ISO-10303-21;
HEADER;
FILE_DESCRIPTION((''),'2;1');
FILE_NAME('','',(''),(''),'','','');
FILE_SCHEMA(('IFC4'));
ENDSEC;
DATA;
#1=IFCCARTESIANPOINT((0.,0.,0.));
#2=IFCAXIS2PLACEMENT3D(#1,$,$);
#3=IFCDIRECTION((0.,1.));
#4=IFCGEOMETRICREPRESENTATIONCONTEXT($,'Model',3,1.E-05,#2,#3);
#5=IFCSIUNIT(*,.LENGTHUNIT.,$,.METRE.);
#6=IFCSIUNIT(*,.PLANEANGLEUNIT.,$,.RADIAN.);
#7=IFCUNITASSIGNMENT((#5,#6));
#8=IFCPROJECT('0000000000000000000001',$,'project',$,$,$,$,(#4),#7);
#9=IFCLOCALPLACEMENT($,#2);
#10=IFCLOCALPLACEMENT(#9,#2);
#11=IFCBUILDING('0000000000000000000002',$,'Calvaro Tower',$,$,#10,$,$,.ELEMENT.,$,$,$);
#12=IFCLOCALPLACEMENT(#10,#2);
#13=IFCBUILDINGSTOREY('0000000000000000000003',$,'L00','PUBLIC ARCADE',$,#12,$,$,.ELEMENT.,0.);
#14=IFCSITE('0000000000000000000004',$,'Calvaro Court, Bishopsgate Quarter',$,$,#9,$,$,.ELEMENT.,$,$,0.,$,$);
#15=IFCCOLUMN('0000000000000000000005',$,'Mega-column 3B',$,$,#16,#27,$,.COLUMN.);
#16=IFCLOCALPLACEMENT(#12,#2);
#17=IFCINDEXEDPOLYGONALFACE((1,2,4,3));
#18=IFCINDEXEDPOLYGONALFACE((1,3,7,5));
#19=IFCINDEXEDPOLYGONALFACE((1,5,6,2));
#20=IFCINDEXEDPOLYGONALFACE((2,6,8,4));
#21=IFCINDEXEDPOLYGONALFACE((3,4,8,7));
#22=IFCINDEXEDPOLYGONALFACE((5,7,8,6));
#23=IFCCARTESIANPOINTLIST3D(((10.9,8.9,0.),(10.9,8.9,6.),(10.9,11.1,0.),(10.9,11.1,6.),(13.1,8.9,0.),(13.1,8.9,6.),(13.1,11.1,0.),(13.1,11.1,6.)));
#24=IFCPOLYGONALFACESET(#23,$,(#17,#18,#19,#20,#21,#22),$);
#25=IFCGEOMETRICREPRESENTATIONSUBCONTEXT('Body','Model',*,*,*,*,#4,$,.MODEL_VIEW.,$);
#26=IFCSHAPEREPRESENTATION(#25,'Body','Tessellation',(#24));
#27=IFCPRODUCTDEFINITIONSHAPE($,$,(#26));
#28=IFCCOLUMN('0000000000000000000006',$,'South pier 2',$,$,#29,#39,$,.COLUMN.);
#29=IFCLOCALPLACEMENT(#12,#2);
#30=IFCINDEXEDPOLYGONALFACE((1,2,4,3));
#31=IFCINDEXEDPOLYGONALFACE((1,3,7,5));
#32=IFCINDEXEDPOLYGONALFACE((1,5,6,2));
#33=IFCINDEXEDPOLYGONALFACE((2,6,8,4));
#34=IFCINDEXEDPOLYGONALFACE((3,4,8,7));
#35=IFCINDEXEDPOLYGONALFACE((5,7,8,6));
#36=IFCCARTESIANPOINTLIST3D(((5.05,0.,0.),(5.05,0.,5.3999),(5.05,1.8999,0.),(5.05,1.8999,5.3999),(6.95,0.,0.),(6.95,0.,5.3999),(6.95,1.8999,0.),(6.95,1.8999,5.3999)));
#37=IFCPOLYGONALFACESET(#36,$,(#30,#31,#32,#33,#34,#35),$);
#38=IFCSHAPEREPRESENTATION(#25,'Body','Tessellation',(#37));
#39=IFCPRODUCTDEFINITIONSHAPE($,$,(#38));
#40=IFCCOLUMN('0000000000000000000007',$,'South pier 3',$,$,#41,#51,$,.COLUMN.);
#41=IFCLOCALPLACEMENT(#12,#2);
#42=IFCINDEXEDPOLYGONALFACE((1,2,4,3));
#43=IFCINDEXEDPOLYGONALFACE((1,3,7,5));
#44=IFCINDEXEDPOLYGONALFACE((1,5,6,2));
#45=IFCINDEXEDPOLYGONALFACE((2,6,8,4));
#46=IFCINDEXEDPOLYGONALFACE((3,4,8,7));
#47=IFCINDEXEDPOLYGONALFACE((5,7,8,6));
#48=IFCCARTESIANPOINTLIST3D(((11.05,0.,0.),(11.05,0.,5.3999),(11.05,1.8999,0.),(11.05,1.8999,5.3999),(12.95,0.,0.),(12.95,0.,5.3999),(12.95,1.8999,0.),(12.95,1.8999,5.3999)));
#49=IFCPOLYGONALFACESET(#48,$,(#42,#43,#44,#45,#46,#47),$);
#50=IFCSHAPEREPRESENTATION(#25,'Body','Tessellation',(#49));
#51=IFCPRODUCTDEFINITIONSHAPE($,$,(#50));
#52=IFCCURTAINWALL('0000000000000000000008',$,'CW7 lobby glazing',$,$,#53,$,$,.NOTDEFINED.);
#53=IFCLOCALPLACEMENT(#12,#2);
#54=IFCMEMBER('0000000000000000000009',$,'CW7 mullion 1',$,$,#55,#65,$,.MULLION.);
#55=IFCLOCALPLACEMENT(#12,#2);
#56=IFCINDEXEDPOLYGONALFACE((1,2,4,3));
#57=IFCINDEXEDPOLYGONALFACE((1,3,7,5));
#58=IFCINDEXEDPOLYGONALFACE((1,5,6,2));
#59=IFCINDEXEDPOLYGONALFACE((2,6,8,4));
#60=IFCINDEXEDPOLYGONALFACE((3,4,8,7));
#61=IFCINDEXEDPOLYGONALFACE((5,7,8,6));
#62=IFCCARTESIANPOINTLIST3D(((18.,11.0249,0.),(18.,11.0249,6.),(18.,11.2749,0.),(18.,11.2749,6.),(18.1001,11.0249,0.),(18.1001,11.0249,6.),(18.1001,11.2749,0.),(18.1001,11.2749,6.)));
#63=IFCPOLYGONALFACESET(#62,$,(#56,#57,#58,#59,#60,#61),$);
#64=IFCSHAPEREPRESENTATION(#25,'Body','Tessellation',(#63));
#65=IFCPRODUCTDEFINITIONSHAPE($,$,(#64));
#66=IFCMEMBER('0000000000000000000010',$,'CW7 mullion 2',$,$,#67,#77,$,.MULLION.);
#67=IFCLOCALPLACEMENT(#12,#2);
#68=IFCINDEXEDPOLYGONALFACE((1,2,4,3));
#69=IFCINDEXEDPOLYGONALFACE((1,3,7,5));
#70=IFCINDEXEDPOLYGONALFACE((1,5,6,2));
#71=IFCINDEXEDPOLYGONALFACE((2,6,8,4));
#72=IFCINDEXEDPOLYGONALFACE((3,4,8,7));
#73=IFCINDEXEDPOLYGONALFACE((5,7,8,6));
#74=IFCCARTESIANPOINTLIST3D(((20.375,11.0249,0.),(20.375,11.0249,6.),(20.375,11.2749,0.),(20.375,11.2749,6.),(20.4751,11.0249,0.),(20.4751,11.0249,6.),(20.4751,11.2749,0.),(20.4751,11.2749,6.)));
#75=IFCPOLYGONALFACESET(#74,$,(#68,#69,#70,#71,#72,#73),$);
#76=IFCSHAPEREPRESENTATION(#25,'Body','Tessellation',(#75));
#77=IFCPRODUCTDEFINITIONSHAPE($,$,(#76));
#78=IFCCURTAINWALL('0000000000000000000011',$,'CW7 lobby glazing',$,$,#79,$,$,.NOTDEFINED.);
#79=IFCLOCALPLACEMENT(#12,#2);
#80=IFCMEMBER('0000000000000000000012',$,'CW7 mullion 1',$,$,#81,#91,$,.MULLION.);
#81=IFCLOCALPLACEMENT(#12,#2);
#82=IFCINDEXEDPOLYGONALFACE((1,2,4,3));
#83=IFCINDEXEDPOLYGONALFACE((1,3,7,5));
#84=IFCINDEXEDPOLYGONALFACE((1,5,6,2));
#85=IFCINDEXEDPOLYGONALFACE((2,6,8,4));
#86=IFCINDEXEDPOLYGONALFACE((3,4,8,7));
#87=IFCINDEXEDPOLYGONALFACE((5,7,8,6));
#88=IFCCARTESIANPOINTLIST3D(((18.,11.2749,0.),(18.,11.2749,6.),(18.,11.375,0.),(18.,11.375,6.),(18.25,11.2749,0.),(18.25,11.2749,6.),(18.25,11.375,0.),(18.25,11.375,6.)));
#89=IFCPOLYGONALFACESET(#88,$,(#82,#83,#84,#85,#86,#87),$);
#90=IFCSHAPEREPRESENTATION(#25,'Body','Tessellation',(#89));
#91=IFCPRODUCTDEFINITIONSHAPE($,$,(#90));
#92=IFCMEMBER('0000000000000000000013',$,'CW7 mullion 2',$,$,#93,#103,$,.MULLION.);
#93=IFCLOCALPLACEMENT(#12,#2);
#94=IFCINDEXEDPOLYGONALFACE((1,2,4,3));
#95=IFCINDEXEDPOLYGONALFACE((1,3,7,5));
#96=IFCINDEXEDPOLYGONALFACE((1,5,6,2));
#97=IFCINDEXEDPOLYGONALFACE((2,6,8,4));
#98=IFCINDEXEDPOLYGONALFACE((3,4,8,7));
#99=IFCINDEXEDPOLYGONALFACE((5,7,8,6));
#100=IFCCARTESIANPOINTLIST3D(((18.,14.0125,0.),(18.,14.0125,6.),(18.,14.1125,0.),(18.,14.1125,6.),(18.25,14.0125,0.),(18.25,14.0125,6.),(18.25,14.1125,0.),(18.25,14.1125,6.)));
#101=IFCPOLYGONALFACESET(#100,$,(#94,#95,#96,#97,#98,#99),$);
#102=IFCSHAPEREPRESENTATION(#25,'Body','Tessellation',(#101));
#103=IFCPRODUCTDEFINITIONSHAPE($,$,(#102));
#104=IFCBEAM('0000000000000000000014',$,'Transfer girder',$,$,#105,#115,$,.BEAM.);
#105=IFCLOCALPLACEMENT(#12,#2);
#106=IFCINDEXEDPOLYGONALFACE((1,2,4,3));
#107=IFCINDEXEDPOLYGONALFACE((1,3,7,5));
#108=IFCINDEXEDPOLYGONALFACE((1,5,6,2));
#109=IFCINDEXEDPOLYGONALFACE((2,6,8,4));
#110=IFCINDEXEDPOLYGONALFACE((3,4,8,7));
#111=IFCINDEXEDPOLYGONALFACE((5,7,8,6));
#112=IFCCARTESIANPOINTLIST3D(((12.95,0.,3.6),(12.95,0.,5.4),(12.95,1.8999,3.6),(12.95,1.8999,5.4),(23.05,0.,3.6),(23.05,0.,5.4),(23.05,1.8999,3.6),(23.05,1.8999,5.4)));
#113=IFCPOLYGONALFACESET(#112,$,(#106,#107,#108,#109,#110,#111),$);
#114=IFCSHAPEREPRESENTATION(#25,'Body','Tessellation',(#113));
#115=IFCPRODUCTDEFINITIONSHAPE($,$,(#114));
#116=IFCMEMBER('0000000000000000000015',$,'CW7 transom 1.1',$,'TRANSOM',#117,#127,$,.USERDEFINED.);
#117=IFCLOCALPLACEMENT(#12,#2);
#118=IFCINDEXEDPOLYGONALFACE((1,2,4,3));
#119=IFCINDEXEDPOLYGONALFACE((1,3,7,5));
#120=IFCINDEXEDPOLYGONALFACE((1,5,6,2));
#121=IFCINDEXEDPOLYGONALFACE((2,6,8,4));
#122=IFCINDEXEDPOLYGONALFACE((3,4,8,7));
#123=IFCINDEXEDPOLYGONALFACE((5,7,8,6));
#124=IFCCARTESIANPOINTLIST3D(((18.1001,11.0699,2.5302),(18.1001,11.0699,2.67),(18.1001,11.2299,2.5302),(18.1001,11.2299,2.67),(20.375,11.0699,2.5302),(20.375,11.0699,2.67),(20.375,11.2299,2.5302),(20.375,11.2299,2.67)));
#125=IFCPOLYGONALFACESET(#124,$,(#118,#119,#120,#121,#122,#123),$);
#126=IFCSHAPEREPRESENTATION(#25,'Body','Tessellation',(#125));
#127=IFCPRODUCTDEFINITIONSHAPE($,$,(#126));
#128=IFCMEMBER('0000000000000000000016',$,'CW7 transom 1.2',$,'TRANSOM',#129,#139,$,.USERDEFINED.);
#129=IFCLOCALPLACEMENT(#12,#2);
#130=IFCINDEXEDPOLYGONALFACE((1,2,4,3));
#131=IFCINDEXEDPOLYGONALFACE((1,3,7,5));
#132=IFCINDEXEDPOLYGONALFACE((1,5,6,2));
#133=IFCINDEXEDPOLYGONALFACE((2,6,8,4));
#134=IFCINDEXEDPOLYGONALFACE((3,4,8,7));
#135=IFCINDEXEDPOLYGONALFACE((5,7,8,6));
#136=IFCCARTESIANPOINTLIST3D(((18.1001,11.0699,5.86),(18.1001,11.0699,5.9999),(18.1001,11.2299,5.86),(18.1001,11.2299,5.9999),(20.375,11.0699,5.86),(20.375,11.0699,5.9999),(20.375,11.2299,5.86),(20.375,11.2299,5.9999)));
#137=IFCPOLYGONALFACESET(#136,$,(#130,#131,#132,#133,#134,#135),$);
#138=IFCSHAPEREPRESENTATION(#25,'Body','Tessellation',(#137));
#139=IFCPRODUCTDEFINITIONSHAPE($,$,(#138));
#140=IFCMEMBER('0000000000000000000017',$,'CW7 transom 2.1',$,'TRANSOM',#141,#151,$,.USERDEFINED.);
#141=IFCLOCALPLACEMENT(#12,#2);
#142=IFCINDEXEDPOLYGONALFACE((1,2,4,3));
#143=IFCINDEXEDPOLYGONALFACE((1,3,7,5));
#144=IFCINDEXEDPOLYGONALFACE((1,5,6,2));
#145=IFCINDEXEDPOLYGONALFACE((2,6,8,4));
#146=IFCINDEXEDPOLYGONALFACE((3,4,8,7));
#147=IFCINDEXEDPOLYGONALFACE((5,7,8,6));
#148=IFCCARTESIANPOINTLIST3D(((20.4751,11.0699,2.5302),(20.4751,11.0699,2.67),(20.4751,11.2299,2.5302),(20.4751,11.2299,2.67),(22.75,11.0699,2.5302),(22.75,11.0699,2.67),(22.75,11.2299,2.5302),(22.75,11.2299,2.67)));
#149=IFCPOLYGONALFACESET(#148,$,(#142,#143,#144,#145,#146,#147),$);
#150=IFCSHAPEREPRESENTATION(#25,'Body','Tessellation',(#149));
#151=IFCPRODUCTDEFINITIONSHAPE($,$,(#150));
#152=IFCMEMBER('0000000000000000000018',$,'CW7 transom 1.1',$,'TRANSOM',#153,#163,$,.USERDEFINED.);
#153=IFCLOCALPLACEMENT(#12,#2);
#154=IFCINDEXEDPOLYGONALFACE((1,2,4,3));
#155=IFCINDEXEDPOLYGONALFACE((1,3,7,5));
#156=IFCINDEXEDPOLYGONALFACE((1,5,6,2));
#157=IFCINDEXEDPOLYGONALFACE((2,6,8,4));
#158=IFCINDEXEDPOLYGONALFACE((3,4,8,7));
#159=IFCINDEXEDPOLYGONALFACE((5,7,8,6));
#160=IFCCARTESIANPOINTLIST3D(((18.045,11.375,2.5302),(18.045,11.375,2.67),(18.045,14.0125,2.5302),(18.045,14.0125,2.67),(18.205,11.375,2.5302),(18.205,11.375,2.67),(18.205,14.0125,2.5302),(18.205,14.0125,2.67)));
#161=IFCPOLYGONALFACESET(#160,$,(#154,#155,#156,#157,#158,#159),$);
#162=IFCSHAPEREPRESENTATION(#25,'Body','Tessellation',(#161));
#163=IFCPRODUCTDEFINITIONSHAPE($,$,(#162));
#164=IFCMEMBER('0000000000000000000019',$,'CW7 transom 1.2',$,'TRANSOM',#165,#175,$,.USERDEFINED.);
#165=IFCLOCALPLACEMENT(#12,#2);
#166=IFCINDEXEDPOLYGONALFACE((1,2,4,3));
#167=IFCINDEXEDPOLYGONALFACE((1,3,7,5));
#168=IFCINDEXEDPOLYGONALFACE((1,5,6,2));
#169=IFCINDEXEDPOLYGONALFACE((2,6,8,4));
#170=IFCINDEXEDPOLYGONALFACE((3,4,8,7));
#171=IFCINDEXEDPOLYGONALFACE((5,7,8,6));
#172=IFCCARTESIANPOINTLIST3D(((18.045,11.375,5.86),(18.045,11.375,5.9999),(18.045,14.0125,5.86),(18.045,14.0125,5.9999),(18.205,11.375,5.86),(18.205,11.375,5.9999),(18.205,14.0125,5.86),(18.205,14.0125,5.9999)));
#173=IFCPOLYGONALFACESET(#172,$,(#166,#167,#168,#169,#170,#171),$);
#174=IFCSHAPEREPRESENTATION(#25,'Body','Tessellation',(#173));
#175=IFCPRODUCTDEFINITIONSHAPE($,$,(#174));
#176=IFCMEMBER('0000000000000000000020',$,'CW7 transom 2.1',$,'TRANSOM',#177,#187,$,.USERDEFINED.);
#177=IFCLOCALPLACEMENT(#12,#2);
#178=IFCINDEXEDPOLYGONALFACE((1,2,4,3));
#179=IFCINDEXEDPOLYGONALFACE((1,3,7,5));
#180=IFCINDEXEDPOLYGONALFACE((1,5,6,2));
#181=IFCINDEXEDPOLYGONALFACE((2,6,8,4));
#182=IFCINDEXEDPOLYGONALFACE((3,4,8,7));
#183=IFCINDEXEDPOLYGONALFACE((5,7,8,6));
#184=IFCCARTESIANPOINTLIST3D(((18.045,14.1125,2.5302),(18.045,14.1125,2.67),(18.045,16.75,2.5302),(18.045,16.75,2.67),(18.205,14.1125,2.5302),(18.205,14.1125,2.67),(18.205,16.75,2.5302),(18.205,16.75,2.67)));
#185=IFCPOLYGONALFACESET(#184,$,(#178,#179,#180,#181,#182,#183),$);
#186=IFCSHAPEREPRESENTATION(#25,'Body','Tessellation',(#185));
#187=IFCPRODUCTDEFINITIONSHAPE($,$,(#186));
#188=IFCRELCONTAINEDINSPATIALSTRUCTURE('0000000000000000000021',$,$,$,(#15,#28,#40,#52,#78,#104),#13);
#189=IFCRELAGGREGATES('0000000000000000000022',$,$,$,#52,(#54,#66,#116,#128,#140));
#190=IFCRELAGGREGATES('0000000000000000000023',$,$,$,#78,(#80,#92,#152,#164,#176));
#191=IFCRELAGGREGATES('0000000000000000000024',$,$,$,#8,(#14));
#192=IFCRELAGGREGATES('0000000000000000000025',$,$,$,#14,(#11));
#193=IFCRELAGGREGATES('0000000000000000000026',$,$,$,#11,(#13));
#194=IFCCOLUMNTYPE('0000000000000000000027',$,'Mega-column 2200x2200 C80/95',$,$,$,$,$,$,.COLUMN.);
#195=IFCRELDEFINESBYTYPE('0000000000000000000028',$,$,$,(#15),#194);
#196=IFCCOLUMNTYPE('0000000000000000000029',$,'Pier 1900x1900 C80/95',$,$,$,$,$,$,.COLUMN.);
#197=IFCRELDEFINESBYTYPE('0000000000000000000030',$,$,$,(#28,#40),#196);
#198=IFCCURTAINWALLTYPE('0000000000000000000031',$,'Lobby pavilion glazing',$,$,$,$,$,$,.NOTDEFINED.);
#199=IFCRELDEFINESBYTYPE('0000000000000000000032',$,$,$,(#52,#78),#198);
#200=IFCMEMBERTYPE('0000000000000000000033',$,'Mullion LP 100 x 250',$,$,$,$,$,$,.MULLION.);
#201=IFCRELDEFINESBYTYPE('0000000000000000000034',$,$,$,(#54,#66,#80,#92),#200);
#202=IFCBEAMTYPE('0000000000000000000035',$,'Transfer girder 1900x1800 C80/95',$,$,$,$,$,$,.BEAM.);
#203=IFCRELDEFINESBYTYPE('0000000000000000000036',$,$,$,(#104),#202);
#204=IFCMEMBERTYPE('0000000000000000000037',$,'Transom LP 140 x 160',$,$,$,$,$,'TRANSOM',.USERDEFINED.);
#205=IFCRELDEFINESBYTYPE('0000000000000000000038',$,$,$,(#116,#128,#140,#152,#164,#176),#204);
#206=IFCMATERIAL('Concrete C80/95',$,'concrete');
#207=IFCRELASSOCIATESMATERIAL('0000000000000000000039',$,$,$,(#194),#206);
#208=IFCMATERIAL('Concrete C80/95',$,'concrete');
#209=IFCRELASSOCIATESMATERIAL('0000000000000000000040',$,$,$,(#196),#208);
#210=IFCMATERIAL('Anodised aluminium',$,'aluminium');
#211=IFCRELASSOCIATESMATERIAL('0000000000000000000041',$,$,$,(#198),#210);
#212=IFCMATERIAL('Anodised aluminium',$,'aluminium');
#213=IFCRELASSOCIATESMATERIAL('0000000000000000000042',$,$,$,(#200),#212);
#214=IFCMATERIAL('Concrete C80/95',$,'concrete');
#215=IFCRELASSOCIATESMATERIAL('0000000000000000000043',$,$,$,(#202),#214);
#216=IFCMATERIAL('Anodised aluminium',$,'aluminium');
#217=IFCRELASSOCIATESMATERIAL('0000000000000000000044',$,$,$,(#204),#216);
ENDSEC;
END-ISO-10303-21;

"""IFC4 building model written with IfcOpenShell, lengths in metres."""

from ifc_helpers import new_model, si_unit, direction, frame, origin, origin_2d, place, context, subcontext, project, spatial, rectangle, extrude, material, material_profile, profile_set, type_object, element, aggregate, save


model = new_model("IFC4")

# Units and contexts
model_context = context("Model", 3, precision=1e-05, world=origin(), true_north=direction((0.0, 1.0)))
body_context = subcontext(model_context, "Body", "Model", "MODEL_VIEW")
ifc_project = project(units=[si_unit("LENGTHUNIT", "METRE"), si_unit("PLANEANGLEUNIT", "RADIAN")], contexts=[model_context])

# Site, building, storey
site_placement = place(None, origin())
site = spatial("IfcSite", under=ifc_project, at=site_placement, Name="Calvaro Court, Bishopsgate Quarter", CompositionType="ELEMENT", RefElevation=0.0)
building_placement = place(site_placement, origin())
building = spatial("IfcBuilding", under=site, at=building_placement, Name="Calvaro Tower", CompositionType="ELEMENT")
storey_placement = place(building_placement, origin())
storey = spatial("IfcBuildingStorey", under=building, at=storey_placement, Name="L00", Description="PUBLIC ARCADE", CompositionType="ELEMENT", Elevation=0.0)

# Columns
ifc_material_1 = material(Name="Concrete C80/95", Category="concrete")
ifc_material_profile_1 = material_profile(ifc_material_1, rectangle(XDim=2.2, YDim=2.2, at=origin_2d()), Name="RC 2200x2200")
ifc_profile_set_1 = profile_set([ifc_material_profile_1], Name="Concrete C80/95")
column_type_1 = type_object("IfcColumnType", Name="Mega-column 2200x2200 C80/95", PredefinedType="COLUMN", material=ifc_profile_set_1)
column_placement = place(storey_placement, frame((12.0, 10.0, 0.0), z_axis=(0.0, 0.0, 1.0), x_axis=(1.0, 0.0, 0.0)))
element("IfcColumn", 1, at=column_placement, inside=storey, type_object=column_type_1, Name="Mega-column 3B", PredefinedType="COLUMN", context=body_context, shape_type="SweptSolid", body=[
    extrude(rectangle(XDim=2.2, YDim=2.2, at=origin_2d()), origin(), (0.0, 0.0, 1.0), 6.0),
])
ifc_material_2 = material(Name="Concrete C80/95", Category="concrete")
ifc_material_profile_2 = material_profile(ifc_material_2, rectangle(XDim=1.8999, YDim=1.8999, at=origin_2d()), Name="RC 1900x1900")
ifc_profile_set_2 = profile_set([ifc_material_profile_2], Name="Concrete C80/95")
column_type_2 = type_object("IfcColumnType", Name="Pier 1900x1900 C80/95", PredefinedType="COLUMN", material=ifc_profile_set_2)
for number, where, z_axis, x_axis, name in (
    (2, (6.0, 0.95, 0.0), (0.0, 0.0, 1.0), (1.0, 0.0, 0.0), "South pier 2"),
    (3, (12.0, 0.95, 0.0), (0.0, 0.0, 1.0), (1.0, 0.0, 0.0), "South pier 3"),
):
    element("IfcColumn", number, at=place(storey_placement, frame(where, z_axis=z_axis, x_axis=x_axis)), inside=storey, type_object=column_type_2, Name=name, PredefinedType="COLUMN", context=body_context, shape_type="SweptSolid", body=[
        extrude(rectangle(XDim=1.8999, YDim=1.8999, at=origin_2d()), origin(), (0.0, 0.0, 1.0), 5.3999),
    ])

# Curtain walls, members
ifc_material_3 = material(Name="Anodised aluminium", Category="aluminium")
curtain_wall_type = type_object("IfcCurtainWallType", Name="Lobby pavilion glazing", PredefinedType="NOTDEFINED", material=ifc_material_3)
curtain_wall_1_placement = place(storey_placement, origin())
curtain_wall_1 = element("IfcCurtainWall", 4, at=curtain_wall_1_placement, inside=storey, type_object=curtain_wall_type, Name="CW7 lobby glazing", PredefinedType="NOTDEFINED")
ifc_material_4 = material(Name="Anodised aluminium", Category="aluminium")
ifc_material_profile_3 = material_profile(ifc_material_4, rectangle(XDim=0.25, YDim=0.1001, at=origin_2d()), Name="Mullion LP 100 x 250")
ifc_profile_set_3 = profile_set([ifc_material_profile_3], Name="Anodised aluminium")
member_type_1 = type_object("IfcMemberType", Name="Mullion LP 100 x 250", PredefinedType="MULLION", material=ifc_profile_set_3)
member_1_placement = place(storey_placement, frame((18.05, 11.1499, 0.0), z_axis=(0.0, 0.0, 1.0), x_axis=(0.0, 1.0, 0.0)))
member_1 = element("IfcMember", 5, at=member_1_placement, type_object=member_type_1, Name="CW7 mullion 1", PredefinedType="MULLION", context=body_context, shape_type="SweptSolid", body=[
    extrude(rectangle(XDim=0.25, YDim=0.1001, at=origin_2d()), origin(), (0.0, 0.0, 1.0), 6.0),
])
member_2_placement = place(storey_placement, frame((20.425, 11.1499, 0.0), z_axis=(0.0, 0.0, 1.0), x_axis=(0.0, 1.0, 0.0)))
member_2 = element("IfcMember", 6, at=member_2_placement, type_object=member_type_1, Name="CW7 mullion 2", PredefinedType="MULLION", context=body_context, shape_type="SweptSolid", body=[
    extrude(rectangle(XDim=0.25, YDim=0.1001, at=origin_2d()), origin(), (0.0, 0.0, 1.0), 6.0),
])
curtain_wall_2_placement = place(storey_placement, origin())
curtain_wall_2 = element("IfcCurtainWall", 7, at=curtain_wall_2_placement, inside=storey, type_object=curtain_wall_type, Name="CW7 lobby glazing", PredefinedType="NOTDEFINED")
member_3_placement = place(storey_placement, frame((18.125, 11.325, 0.0), z_axis=(0.0, 0.0, 1.0), x_axis=(-1.0, 0.0, 0.0)))
member_3 = element("IfcMember", 8, at=member_3_placement, type_object=member_type_1, Name="CW7 mullion 1", PredefinedType="MULLION", context=body_context, shape_type="SweptSolid", body=[
    extrude(rectangle(XDim=0.25, YDim=0.1001, at=origin_2d()), origin(), (0.0, 0.0, 1.0), 6.0),
])
member_4_placement = place(storey_placement, frame((18.125, 14.0625, 0.0), z_axis=(0.0, 0.0, 1.0), x_axis=(-1.0, 0.0, 0.0)))
member_4 = element("IfcMember", 9, at=member_4_placement, type_object=member_type_1, Name="CW7 mullion 2", PredefinedType="MULLION", context=body_context, shape_type="SweptSolid", body=[
    extrude(rectangle(XDim=0.25, YDim=0.1001, at=origin_2d()), origin(), (0.0, 0.0, 1.0), 6.0),
])

# Beam
ifc_material_5 = material(Name="Concrete C80/95", Category="concrete")
ifc_material_profile_4 = material_profile(ifc_material_5, rectangle(XDim=1.8999, YDim=1.8, at=origin_2d()), Name="RC 1900x1800")
ifc_profile_set_4 = profile_set([ifc_material_profile_4], Name="Concrete C80/95")
beam_type = type_object("IfcBeamType", Name="Transfer girder 1900x1800 C80/95", PredefinedType="BEAM", material=ifc_profile_set_4)
beam_placement = place(storey_placement, frame((12.95, 0.95, 4.5), z_axis=(1.0, 0.0, 0.0), x_axis=(0.0, 1.0, 0.0)))
element("IfcBeam", 10, at=beam_placement, inside=storey, type_object=beam_type, Name="Transfer girder", PredefinedType="BEAM", context=body_context, shape_type="SweptSolid", body=[
    extrude(rectangle(XDim=1.8999, YDim=1.8, at=origin_2d()), origin(), (0.0, 0.0, 1.0), 10.1001),
])

# Members
ifc_material_6 = material(Name="Anodised aluminium", Category="aluminium")
ifc_material_profile_5 = material_profile(ifc_material_6, rectangle(XDim=0.1599, YDim=0.1399, at=origin_2d()), Name="Transom LP 140 x 160")
ifc_profile_set_5 = profile_set([ifc_material_profile_5], Name="Anodised aluminium")
member_type_2 = type_object("IfcMemberType", Name="Transom LP 140 x 160", ElementType="TRANSOM", PredefinedType="USERDEFINED", material=ifc_profile_set_5)
member_5_placement = place(storey_placement, frame((18.1001, 11.1499, 2.6001), z_axis=(1.0, 0.0, 0.0), x_axis=(0.0, 1.0, 0.0)))
member_5 = element("IfcMember", 11, at=member_5_placement, type_object=member_type_2, Name="CW7 transom 1.1", ObjectType="TRANSOM", PredefinedType="USERDEFINED", context=body_context, shape_type="SweptSolid", body=[
    extrude(rectangle(XDim=0.1599, YDim=0.1399, at=origin_2d()), origin(), (0.0, 0.0, 1.0), 2.2749),
])
member_6_placement = place(storey_placement, frame((18.1001, 11.1499, 5.9299), z_axis=(1.0, 0.0, 0.0), x_axis=(0.0, 1.0, 0.0)))
member_6 = element("IfcMember", 12, at=member_6_placement, type_object=member_type_2, Name="CW7 transom 1.2", ObjectType="TRANSOM", PredefinedType="USERDEFINED", context=body_context, shape_type="SweptSolid", body=[
    extrude(rectangle(XDim=0.1599, YDim=0.1399, at=origin_2d()), origin(), (0.0, 0.0, 1.0), 2.2749),
])
member_7_placement = place(storey_placement, frame((20.4751, 11.1499, 2.6001), z_axis=(1.0, 0.0, 0.0), x_axis=(0.0, 1.0, 0.0)))
member_7 = element("IfcMember", 13, at=member_7_placement, type_object=member_type_2, Name="CW7 transom 2.1", ObjectType="TRANSOM", PredefinedType="USERDEFINED", context=body_context, shape_type="SweptSolid", body=[
    extrude(rectangle(XDim=0.1599, YDim=0.1399, at=origin_2d()), origin(), (0.0, 0.0, 1.0), 2.2749),
])
member_8_placement = place(storey_placement, frame((18.125, 11.375, 2.6001), z_axis=(0.0, 1.0, 0.0), x_axis=(-1.0, 0.0, 0.0)))
member_8 = element("IfcMember", 14, at=member_8_placement, type_object=member_type_2, Name="CW7 transom 1.1", ObjectType="TRANSOM", PredefinedType="USERDEFINED", context=body_context, shape_type="SweptSolid", body=[
    extrude(rectangle(XDim=0.1599, YDim=0.1399, at=origin_2d()), origin(), (0.0, 0.0, 1.0), 2.6375),
])
member_9_placement = place(storey_placement, frame((18.125, 11.375, 5.9299), z_axis=(0.0, 1.0, 0.0), x_axis=(-1.0, 0.0, 0.0)))
member_9 = element("IfcMember", 15, at=member_9_placement, type_object=member_type_2, Name="CW7 transom 1.2", ObjectType="TRANSOM", PredefinedType="USERDEFINED", context=body_context, shape_type="SweptSolid", body=[
    extrude(rectangle(XDim=0.1599, YDim=0.1399, at=origin_2d()), origin(), (0.0, 0.0, 1.0), 2.6375),
])
member_10_placement = place(storey_placement, frame((18.125, 14.1125, 2.6001), z_axis=(0.0, 1.0, 0.0), x_axis=(-1.0, 0.0, 0.0)))
member_10 = element("IfcMember", 16, at=member_10_placement, type_object=member_type_2, Name="CW7 transom 2.1", ObjectType="TRANSOM", PredefinedType="USERDEFINED", context=body_context, shape_type="SweptSolid", body=[
    extrude(rectangle(XDim=0.1599, YDim=0.1399, at=origin_2d()), origin(), (0.0, 0.0, 1.0), 2.6375),
])

aggregate(curtain_wall_1, [member_1, member_2, member_5, member_6, member_7])
aggregate(curtain_wall_2, [member_3, member_4, member_8, member_9, member_10])

save(model, "model.ifc")
